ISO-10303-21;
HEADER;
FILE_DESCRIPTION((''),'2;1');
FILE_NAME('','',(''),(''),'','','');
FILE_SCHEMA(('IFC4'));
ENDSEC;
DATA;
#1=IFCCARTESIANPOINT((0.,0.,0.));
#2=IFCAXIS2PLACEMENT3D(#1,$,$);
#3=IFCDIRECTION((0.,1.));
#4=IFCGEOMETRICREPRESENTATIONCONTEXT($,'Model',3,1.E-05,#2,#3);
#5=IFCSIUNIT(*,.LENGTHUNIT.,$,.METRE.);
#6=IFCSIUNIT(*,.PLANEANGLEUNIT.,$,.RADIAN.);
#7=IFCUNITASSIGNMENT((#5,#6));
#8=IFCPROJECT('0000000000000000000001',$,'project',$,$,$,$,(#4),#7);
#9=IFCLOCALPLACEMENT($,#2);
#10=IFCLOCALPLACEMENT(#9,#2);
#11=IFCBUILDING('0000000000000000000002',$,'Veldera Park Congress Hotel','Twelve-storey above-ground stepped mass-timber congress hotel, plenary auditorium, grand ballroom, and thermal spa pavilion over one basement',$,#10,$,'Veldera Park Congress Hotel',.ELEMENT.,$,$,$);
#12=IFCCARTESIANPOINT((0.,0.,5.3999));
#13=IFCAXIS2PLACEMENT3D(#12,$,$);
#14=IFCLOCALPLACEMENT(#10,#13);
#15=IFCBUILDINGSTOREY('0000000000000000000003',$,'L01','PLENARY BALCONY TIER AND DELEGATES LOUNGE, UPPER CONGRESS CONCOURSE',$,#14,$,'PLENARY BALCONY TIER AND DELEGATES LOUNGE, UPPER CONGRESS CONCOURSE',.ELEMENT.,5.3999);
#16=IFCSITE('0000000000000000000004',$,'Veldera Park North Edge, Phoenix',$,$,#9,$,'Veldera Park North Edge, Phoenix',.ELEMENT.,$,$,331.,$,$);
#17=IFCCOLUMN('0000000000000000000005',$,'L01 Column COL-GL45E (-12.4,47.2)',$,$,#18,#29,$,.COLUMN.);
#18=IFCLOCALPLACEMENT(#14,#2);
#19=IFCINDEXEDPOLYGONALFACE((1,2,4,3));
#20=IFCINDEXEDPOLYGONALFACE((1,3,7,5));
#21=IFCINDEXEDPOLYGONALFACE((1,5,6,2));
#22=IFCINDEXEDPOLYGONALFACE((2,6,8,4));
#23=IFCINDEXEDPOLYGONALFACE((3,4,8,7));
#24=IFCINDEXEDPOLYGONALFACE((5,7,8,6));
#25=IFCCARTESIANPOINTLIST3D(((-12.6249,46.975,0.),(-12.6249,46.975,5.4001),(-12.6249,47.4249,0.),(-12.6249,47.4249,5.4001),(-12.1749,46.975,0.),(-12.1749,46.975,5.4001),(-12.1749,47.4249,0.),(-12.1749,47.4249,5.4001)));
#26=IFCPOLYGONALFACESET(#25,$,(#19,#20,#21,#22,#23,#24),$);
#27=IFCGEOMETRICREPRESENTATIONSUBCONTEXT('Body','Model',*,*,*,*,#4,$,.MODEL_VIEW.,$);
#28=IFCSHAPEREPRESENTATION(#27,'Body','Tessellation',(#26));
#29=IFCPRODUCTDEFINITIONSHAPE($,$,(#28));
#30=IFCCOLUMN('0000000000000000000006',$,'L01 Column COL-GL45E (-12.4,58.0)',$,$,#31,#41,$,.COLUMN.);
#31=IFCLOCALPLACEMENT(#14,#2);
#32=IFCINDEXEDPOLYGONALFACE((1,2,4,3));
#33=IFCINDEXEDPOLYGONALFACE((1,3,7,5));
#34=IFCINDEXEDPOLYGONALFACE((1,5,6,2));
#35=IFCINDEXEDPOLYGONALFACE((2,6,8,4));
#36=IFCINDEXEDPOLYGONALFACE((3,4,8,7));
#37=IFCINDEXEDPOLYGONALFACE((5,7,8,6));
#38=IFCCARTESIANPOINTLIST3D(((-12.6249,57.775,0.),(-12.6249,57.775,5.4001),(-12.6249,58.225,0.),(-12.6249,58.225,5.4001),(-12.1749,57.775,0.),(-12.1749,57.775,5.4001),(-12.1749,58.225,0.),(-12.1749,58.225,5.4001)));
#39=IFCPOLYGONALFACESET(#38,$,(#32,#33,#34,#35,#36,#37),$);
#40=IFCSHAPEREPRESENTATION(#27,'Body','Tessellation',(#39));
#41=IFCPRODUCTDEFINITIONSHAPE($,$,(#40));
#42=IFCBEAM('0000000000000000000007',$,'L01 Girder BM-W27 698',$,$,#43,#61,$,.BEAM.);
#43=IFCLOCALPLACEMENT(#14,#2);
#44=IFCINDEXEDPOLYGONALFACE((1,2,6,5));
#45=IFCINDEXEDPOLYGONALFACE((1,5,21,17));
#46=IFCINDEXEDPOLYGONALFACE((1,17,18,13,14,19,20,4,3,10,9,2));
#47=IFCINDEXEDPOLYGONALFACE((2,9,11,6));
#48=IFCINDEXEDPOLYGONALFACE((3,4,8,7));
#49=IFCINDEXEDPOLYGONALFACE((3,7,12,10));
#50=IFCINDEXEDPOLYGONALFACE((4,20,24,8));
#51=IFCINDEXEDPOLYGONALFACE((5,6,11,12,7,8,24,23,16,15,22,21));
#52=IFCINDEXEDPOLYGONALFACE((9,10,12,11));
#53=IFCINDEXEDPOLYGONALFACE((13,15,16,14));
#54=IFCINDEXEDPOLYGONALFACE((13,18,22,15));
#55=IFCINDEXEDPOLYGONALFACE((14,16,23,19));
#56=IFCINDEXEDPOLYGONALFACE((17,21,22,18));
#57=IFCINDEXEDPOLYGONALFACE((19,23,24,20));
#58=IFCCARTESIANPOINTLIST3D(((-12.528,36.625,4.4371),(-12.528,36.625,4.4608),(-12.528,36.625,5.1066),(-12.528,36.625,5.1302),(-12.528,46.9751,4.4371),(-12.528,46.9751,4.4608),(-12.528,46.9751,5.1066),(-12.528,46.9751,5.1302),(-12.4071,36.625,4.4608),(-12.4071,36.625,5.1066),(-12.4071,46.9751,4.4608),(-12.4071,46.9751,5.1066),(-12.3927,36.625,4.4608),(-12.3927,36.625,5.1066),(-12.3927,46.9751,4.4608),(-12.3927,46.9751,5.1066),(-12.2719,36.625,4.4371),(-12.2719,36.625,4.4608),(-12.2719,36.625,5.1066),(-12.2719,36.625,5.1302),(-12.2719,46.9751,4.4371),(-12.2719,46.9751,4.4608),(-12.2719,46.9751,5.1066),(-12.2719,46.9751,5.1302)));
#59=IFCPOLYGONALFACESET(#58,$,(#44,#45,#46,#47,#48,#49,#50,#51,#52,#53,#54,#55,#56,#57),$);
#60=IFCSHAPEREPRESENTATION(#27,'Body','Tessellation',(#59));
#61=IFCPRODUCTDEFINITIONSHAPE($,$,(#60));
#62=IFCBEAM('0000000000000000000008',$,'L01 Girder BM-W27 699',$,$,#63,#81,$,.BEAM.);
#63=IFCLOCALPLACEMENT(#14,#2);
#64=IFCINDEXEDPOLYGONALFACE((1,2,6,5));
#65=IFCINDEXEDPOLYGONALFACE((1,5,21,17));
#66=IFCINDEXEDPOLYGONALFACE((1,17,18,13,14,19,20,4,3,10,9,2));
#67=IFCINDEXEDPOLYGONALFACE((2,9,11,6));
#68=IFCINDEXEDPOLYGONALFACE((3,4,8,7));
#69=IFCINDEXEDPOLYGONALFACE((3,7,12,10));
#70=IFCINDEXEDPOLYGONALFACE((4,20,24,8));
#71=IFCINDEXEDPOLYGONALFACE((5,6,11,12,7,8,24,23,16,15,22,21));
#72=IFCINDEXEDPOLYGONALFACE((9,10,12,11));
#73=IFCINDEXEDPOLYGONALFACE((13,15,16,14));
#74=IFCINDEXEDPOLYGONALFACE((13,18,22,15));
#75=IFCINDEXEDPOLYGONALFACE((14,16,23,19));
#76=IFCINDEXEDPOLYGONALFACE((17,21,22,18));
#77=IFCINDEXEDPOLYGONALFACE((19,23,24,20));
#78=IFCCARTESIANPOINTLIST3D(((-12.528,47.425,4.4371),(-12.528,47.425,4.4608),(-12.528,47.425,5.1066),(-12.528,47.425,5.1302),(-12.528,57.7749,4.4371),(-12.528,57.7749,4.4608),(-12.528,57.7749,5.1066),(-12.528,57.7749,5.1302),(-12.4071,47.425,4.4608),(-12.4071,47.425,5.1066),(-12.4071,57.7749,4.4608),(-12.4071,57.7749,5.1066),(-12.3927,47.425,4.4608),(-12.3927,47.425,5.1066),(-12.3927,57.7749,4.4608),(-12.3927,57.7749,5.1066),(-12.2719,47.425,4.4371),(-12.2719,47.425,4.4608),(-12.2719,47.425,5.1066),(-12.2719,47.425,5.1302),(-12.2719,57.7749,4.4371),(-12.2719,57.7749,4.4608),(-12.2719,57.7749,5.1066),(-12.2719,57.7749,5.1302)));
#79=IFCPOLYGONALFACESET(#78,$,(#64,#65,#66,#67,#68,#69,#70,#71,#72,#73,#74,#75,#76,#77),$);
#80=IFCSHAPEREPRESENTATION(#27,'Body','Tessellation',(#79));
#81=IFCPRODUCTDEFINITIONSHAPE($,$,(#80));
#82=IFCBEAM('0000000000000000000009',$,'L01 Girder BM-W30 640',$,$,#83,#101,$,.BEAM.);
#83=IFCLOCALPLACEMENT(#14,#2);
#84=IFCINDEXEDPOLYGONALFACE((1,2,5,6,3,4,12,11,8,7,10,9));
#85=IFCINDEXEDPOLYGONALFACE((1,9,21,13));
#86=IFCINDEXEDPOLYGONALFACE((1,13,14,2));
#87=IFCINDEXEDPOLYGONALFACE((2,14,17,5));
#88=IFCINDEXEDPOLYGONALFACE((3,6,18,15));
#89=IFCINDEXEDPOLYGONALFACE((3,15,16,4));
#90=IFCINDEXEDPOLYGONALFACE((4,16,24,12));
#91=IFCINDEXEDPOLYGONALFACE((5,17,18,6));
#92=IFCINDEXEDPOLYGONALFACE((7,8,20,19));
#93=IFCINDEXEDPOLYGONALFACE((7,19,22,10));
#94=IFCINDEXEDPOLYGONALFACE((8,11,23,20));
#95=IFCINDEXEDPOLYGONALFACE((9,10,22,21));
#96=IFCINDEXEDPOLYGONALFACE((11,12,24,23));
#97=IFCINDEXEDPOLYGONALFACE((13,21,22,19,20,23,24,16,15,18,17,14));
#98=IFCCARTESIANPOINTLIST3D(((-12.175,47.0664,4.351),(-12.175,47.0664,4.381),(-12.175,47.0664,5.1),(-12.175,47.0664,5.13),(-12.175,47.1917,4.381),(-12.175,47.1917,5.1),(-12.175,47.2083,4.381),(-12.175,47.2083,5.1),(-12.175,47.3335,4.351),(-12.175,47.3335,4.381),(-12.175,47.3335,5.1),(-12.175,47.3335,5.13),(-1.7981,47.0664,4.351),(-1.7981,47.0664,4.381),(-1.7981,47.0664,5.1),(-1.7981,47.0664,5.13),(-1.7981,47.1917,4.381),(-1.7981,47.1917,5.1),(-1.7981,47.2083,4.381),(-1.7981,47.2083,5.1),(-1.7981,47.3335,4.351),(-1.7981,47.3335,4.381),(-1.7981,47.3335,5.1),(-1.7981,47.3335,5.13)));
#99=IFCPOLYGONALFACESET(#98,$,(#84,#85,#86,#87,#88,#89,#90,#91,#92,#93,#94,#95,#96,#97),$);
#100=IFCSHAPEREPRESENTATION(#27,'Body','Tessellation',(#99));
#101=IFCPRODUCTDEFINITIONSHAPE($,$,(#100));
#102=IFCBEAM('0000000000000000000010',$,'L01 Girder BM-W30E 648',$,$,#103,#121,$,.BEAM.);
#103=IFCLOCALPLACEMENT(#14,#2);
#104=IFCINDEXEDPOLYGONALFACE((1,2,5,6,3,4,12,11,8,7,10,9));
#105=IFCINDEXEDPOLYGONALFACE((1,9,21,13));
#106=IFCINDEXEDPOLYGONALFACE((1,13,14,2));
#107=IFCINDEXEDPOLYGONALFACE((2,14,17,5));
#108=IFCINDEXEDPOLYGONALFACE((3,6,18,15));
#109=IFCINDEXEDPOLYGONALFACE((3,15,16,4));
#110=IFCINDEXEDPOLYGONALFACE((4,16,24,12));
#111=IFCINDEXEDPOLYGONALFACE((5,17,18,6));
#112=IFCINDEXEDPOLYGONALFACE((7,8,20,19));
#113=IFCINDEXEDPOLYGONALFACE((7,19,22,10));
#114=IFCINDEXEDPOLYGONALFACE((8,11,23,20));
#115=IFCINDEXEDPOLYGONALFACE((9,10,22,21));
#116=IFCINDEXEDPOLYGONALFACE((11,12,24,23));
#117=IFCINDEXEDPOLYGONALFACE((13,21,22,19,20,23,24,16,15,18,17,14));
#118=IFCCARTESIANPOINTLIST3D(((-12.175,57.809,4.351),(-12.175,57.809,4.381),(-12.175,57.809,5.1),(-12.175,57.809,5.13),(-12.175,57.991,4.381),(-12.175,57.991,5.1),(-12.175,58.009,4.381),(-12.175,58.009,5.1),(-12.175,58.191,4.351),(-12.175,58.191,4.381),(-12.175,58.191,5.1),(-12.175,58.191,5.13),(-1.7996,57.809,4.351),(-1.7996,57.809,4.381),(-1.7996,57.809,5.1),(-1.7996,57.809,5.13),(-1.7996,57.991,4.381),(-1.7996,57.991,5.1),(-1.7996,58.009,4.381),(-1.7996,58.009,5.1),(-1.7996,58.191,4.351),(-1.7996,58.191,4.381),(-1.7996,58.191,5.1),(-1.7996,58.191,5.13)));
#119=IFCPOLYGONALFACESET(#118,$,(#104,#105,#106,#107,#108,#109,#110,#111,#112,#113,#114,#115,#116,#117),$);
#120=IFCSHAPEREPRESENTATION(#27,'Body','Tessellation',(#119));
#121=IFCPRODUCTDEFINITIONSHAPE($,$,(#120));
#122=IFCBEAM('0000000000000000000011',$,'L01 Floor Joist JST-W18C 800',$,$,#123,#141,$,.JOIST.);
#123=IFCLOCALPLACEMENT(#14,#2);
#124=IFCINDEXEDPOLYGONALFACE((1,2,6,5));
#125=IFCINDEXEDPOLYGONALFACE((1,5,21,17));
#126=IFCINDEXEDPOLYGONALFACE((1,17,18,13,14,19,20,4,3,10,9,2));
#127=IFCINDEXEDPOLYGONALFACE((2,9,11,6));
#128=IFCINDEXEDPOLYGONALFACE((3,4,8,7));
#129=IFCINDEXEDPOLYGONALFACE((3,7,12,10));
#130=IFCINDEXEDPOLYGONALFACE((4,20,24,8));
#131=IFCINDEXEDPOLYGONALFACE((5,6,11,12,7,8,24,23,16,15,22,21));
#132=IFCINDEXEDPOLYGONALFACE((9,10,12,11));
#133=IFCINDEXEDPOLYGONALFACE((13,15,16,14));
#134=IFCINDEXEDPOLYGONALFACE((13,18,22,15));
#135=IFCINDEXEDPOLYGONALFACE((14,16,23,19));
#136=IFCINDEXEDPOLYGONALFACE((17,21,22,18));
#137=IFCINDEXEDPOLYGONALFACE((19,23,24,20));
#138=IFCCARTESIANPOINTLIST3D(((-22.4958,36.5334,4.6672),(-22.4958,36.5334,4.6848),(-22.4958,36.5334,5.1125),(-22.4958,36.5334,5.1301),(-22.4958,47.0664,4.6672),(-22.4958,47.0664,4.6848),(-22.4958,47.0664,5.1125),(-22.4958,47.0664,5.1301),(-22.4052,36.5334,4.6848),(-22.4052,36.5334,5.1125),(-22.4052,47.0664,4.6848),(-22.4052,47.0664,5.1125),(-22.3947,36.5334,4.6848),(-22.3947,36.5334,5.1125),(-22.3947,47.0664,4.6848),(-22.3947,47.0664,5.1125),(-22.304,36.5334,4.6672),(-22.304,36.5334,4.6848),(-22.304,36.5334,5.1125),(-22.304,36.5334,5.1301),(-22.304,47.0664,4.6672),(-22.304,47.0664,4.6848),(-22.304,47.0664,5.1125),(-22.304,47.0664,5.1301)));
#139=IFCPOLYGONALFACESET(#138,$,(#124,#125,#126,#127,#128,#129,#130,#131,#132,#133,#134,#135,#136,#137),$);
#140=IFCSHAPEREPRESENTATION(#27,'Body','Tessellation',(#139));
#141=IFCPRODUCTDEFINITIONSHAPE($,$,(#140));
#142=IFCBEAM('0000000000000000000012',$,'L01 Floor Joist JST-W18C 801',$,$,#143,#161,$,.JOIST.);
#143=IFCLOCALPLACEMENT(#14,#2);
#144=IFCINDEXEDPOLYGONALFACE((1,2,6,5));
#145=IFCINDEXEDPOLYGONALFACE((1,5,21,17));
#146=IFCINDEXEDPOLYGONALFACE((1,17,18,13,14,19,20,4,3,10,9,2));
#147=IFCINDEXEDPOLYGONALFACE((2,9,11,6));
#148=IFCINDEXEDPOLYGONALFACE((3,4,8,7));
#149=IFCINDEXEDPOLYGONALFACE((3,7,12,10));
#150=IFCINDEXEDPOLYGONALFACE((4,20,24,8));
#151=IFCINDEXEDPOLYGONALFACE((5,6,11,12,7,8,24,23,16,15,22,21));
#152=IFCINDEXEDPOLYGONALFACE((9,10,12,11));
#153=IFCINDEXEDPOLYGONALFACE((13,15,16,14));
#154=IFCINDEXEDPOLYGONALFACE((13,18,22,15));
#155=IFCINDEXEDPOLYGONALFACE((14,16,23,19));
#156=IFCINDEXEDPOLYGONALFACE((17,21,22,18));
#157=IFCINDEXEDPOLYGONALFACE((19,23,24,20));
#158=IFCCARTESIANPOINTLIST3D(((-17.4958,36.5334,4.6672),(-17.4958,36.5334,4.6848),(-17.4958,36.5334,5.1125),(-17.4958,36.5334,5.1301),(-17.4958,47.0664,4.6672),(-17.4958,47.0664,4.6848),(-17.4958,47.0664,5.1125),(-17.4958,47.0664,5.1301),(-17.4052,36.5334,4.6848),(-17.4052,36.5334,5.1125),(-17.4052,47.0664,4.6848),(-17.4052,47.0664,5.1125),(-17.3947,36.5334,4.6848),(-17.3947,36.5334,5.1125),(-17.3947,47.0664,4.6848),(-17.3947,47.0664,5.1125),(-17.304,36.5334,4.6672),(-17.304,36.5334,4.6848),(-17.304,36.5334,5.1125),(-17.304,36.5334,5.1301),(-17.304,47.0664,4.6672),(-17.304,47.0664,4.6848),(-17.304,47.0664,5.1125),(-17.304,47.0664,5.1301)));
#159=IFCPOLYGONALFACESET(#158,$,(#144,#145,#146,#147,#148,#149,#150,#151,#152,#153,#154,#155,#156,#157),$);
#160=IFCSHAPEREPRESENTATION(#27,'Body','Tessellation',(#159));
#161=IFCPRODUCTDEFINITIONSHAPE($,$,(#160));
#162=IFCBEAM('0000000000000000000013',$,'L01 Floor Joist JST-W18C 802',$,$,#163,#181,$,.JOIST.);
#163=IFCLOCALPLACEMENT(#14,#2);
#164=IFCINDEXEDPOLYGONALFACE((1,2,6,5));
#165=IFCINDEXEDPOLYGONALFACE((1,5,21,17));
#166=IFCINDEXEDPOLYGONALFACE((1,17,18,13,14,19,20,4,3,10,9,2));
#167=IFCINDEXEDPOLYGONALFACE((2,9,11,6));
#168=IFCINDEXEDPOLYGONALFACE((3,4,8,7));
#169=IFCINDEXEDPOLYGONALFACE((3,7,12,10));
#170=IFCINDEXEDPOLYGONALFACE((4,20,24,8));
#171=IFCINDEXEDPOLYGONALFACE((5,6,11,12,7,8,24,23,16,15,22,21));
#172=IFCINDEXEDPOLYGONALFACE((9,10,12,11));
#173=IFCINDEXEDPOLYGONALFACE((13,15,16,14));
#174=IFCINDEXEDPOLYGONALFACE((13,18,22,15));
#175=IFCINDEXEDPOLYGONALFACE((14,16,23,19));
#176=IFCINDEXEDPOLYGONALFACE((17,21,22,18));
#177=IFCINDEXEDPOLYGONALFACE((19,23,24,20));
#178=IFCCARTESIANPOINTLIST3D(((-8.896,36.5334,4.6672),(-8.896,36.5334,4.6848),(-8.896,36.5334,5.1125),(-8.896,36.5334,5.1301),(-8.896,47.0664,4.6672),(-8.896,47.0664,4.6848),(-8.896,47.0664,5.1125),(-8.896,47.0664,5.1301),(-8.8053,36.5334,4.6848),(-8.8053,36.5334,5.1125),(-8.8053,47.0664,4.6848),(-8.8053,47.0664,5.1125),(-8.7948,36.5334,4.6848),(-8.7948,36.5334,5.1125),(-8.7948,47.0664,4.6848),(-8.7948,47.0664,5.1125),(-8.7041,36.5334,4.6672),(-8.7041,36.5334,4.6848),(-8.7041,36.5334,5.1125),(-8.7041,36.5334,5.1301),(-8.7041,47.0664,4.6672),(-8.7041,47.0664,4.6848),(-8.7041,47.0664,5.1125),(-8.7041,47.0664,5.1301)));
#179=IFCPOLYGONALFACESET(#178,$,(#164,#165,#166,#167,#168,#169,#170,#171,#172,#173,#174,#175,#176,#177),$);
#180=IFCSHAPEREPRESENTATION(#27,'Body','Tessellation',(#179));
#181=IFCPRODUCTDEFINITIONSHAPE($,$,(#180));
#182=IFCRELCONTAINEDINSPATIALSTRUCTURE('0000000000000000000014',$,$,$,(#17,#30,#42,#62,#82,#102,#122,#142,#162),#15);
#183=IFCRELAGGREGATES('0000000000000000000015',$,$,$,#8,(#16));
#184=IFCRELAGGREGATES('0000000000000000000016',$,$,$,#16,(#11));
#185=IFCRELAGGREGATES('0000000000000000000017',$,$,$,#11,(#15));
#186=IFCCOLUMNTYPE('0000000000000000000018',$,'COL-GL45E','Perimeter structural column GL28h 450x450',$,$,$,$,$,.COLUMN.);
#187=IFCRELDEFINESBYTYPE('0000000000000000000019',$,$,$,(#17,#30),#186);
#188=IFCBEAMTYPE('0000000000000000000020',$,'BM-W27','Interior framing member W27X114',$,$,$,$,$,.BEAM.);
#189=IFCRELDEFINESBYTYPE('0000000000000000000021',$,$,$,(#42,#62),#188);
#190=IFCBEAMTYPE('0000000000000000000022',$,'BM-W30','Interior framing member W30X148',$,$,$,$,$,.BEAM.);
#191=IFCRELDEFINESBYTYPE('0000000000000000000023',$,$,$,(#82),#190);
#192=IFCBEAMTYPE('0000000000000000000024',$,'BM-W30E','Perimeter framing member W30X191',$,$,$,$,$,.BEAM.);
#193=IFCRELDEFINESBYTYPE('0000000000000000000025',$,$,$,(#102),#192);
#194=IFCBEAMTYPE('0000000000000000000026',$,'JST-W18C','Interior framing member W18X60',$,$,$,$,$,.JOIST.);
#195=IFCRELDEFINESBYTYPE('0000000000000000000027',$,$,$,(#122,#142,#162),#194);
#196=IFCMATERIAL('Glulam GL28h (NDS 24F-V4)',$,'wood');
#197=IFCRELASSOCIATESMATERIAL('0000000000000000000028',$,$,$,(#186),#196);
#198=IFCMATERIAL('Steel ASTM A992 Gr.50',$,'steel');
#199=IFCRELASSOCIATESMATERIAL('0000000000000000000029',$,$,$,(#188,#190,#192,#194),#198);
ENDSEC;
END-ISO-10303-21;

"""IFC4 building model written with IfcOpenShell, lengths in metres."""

from ifc_helpers import new_model, si_unit, direction, frame, origin, origin_2d, place, context, subcontext, project, spatial, rectangle, i_section, extrude, material, material_profile, profile_set, type_object, element, save


model = new_model("IFC4")

# Units and contexts
model_context = context("Model", 3, precision=1e-05, world=origin(), true_north=direction((0.0, 1.0)))
body_context = subcontext(model_context, "Body", "Model", "MODEL_VIEW")
ifc_project = project(units=[si_unit("LENGTHUNIT", "METRE"), si_unit("PLANEANGLEUNIT", "RADIAN")], contexts=[model_context])

# Site, building, storey
site_placement = place(None, origin())
site = spatial("IfcSite", under=ifc_project, at=site_placement, Name="Veldera Park North Edge, Phoenix", LongName="Veldera Park North Edge, Phoenix", CompositionType="ELEMENT", RefElevation=331.0)
building_placement = place(site_placement, origin())
building = spatial("IfcBuilding", under=site, at=building_placement, Name="Veldera Park Congress Hotel", Description="Twelve-storey above-ground stepped mass-timber congress hotel, plenary auditorium, grand ballroom, and thermal spa pavilion over one basement", LongName="Veldera Park Congress Hotel", CompositionType="ELEMENT")
storey_placement = place(building_placement, frame((0.0, 0.0, 5.3999)))
storey = spatial("IfcBuildingStorey", under=building, at=storey_placement, Name="L01", Description="PLENARY BALCONY TIER AND DELEGATES LOUNGE, UPPER CONGRESS CONCOURSE", LongName="PLENARY BALCONY TIER AND DELEGATES LOUNGE, UPPER CONGRESS CONCOURSE", CompositionType="ELEMENT", Elevation=5.3999)

# Columns
ifc_material_1 = material(Name="Glulam GL28h (NDS 24F-V4)", Category="wood")
ifc_material_profile_1 = material_profile(ifc_material_1, rectangle(XDim=0.45, YDim=0.45, at=origin_2d()), Name="GL28h 450x450")
ifc_profile_set_1 = profile_set([ifc_material_profile_1], Name="Glulam GL28h (NDS 24F-V4)")
column_type = type_object("IfcColumnType", Name="COL-GL45E", Description="Perimeter structural column GL28h 450x450", PredefinedType="COLUMN", material=ifc_profile_set_1)
for number, where, z_axis, x_axis, name in (
    (1, (-12.3999, 47.2, 0.0), (0.0, 0.0, 1.0), (1.0, 0.0, 0.0), "L01 Column COL-GL45E (-12.4,47.2)"),
    (2, (-12.3999, 58.0, 0.0), (0.0, 0.0, 1.0), (1.0, 0.0, 0.0), "L01 Column COL-GL45E (-12.4,58.0)"),
):
    element("IfcColumn", number, at=place(storey_placement, frame(where, z_axis=z_axis, x_axis=x_axis)), inside=storey, type_object=column_type, Name=name, PredefinedType="COLUMN", context=body_context, shape_type="SweptSolid", body=[
        extrude(rectangle(XDim=0.45, YDim=0.45, at=origin_2d()), origin(), (0.0, 0.0, 1.0), 5.4001),
    ])

# Beams
ifc_material_2 = material(Name="Steel ASTM A992 Gr.50", Category="steel")
ifc_material_profile_2 = material_profile(ifc_material_2, i_section(OverallWidth=0.2561, OverallDepth=0.6931, WebThickness=0.0144, FlangeThickness=0.0237, at=origin_2d()), Name="W27X114")
ifc_profile_set_2 = profile_set([ifc_material_profile_2], Name="Steel ASTM A992 Gr.50")
beam_type_1 = type_object("IfcBeamType", Name="BM-W27", Description="Interior framing member W27X114", PredefinedType="BEAM", material=ifc_profile_set_2)
beam_1_placement = place(storey_placement, frame((-12.3999, 36.625, 4.7837), z_axis=(0.0, 1.0, 0.0), x_axis=(-1.0, 0.0, 0.0)))
element("IfcBeam", 3, at=beam_1_placement, inside=storey, type_object=beam_type_1, Name="L01 Girder BM-W27 698", PredefinedType="BEAM", context=body_context, shape_type="SweptSolid", body=[
    extrude(i_section(OverallWidth=0.2561, OverallDepth=0.6931, WebThickness=0.0144, FlangeThickness=0.0237, at=origin_2d()), origin(), (0.0, 0.0, 1.0), 10.3501),
])
beam_2_placement = place(storey_placement, frame((-12.3999, 47.425, 4.7837), z_axis=(0.0, 1.0, 0.0), x_axis=(-1.0, 0.0, 0.0)))
element("IfcBeam", 4, at=beam_2_placement, inside=storey, type_object=beam_type_1, Name="L01 Girder BM-W27 699", PredefinedType="BEAM", context=body_context, shape_type="SweptSolid", body=[
    extrude(i_section(OverallWidth=0.2561, OverallDepth=0.6931, WebThickness=0.0144, FlangeThickness=0.0237, at=origin_2d()), origin(), (0.0, 0.0, 1.0), 10.3499),
])
ifc_material_profile_3 = material_profile(ifc_material_2, i_section(OverallWidth=0.2671, OverallDepth=0.7791, WebThickness=0.0166, FlangeThickness=0.03, at=origin_2d()), Name="W30X148")
ifc_profile_set_3 = profile_set([ifc_material_profile_3], Name="Steel ASTM A992 Gr.50")
beam_type_2 = type_object("IfcBeamType", Name="BM-W30", Description="Interior framing member W30X148", PredefinedType="BEAM", material=ifc_profile_set_3)
beam_3_placement = place(storey_placement, frame((-12.175, 47.2, 4.7405), z_axis=(1.0, 0.0, 0.0), x_axis=(0.0, 1.0, 0.0)))
element("IfcBeam", 5, at=beam_3_placement, inside=storey, type_object=beam_type_2, Name="L01 Girder BM-W30 640", PredefinedType="BEAM", context=body_context, shape_type="SweptSolid", body=[
    extrude(i_section(OverallWidth=0.2671, OverallDepth=0.7791, WebThickness=0.0166, FlangeThickness=0.03, at=origin_2d()), origin(), (0.0, 0.0, 1.0), 10.377),
])
ifc_material_profile_4 = material_profile(ifc_material_2, i_section(OverallWidth=0.3821, OverallDepth=0.7791, WebThickness=0.0181, FlangeThickness=0.03, at=origin_2d()), Name="W30X191")
ifc_profile_set_4 = profile_set([ifc_material_profile_4], Name="Steel ASTM A992 Gr.50")
beam_type_3 = type_object("IfcBeamType", Name="BM-W30E", Description="Perimeter framing member W30X191", PredefinedType="BEAM", material=ifc_profile_set_4)
beam_4_placement = place(storey_placement, frame((-12.175, 58.0, 4.7405), z_axis=(1.0, 0.0, 0.0), x_axis=(0.0, 1.0, 0.0)))
element("IfcBeam", 6, at=beam_4_placement, inside=storey, type_object=beam_type_3, Name="L01 Girder BM-W30E 648", PredefinedType="BEAM", context=body_context, shape_type="SweptSolid", body=[
    extrude(i_section(OverallWidth=0.3821, OverallDepth=0.7791, WebThickness=0.0181, FlangeThickness=0.03, at=origin_2d()), origin(), (0.0, 0.0, 1.0), 10.3755),
])
ifc_material_profile_5 = material_profile(ifc_material_2, i_section(OverallWidth=0.1919, OverallDepth=0.4629, WebThickness=0.0105, FlangeThickness=0.0176, at=origin_2d()), Name="W18X60")
ifc_profile_set_5 = profile_set([ifc_material_profile_5], Name="Steel ASTM A992 Gr.50")
beam_type_4 = type_object("IfcBeamType", Name="JST-W18C", Description="Interior framing member W18X60", PredefinedType="JOIST", material=ifc_profile_set_5)
for number, where, z_axis, x_axis, name in (
    (7, (-22.3999, 36.5334, 4.8987), (0.0, 1.0, 0.0), (-1.0, 0.0, 0.0), "L01 Floor Joist JST-W18C 800"),
    (8, (-17.3999, 36.5334, 4.8987), (0.0, 1.0, 0.0), (-1.0, 0.0, 0.0), "L01 Floor Joist JST-W18C 801"),
    (9, (-8.8, 36.5334, 4.8987), (0.0, 1.0, 0.0), (-1.0, 0.0, 0.0), "L01 Floor Joist JST-W18C 802"),
):
    element("IfcBeam", number, at=place(storey_placement, frame(where, z_axis=z_axis, x_axis=x_axis)), inside=storey, type_object=beam_type_4, Name=name, PredefinedType="JOIST", context=body_context, shape_type="SweptSolid", body=[
        extrude(i_section(OverallWidth=0.1919, OverallDepth=0.4629, WebThickness=0.0105, FlangeThickness=0.0176, at=origin_2d()), origin(), (0.0, 0.0, 1.0), 10.533),
    ])

save(model, "model.ifc")
